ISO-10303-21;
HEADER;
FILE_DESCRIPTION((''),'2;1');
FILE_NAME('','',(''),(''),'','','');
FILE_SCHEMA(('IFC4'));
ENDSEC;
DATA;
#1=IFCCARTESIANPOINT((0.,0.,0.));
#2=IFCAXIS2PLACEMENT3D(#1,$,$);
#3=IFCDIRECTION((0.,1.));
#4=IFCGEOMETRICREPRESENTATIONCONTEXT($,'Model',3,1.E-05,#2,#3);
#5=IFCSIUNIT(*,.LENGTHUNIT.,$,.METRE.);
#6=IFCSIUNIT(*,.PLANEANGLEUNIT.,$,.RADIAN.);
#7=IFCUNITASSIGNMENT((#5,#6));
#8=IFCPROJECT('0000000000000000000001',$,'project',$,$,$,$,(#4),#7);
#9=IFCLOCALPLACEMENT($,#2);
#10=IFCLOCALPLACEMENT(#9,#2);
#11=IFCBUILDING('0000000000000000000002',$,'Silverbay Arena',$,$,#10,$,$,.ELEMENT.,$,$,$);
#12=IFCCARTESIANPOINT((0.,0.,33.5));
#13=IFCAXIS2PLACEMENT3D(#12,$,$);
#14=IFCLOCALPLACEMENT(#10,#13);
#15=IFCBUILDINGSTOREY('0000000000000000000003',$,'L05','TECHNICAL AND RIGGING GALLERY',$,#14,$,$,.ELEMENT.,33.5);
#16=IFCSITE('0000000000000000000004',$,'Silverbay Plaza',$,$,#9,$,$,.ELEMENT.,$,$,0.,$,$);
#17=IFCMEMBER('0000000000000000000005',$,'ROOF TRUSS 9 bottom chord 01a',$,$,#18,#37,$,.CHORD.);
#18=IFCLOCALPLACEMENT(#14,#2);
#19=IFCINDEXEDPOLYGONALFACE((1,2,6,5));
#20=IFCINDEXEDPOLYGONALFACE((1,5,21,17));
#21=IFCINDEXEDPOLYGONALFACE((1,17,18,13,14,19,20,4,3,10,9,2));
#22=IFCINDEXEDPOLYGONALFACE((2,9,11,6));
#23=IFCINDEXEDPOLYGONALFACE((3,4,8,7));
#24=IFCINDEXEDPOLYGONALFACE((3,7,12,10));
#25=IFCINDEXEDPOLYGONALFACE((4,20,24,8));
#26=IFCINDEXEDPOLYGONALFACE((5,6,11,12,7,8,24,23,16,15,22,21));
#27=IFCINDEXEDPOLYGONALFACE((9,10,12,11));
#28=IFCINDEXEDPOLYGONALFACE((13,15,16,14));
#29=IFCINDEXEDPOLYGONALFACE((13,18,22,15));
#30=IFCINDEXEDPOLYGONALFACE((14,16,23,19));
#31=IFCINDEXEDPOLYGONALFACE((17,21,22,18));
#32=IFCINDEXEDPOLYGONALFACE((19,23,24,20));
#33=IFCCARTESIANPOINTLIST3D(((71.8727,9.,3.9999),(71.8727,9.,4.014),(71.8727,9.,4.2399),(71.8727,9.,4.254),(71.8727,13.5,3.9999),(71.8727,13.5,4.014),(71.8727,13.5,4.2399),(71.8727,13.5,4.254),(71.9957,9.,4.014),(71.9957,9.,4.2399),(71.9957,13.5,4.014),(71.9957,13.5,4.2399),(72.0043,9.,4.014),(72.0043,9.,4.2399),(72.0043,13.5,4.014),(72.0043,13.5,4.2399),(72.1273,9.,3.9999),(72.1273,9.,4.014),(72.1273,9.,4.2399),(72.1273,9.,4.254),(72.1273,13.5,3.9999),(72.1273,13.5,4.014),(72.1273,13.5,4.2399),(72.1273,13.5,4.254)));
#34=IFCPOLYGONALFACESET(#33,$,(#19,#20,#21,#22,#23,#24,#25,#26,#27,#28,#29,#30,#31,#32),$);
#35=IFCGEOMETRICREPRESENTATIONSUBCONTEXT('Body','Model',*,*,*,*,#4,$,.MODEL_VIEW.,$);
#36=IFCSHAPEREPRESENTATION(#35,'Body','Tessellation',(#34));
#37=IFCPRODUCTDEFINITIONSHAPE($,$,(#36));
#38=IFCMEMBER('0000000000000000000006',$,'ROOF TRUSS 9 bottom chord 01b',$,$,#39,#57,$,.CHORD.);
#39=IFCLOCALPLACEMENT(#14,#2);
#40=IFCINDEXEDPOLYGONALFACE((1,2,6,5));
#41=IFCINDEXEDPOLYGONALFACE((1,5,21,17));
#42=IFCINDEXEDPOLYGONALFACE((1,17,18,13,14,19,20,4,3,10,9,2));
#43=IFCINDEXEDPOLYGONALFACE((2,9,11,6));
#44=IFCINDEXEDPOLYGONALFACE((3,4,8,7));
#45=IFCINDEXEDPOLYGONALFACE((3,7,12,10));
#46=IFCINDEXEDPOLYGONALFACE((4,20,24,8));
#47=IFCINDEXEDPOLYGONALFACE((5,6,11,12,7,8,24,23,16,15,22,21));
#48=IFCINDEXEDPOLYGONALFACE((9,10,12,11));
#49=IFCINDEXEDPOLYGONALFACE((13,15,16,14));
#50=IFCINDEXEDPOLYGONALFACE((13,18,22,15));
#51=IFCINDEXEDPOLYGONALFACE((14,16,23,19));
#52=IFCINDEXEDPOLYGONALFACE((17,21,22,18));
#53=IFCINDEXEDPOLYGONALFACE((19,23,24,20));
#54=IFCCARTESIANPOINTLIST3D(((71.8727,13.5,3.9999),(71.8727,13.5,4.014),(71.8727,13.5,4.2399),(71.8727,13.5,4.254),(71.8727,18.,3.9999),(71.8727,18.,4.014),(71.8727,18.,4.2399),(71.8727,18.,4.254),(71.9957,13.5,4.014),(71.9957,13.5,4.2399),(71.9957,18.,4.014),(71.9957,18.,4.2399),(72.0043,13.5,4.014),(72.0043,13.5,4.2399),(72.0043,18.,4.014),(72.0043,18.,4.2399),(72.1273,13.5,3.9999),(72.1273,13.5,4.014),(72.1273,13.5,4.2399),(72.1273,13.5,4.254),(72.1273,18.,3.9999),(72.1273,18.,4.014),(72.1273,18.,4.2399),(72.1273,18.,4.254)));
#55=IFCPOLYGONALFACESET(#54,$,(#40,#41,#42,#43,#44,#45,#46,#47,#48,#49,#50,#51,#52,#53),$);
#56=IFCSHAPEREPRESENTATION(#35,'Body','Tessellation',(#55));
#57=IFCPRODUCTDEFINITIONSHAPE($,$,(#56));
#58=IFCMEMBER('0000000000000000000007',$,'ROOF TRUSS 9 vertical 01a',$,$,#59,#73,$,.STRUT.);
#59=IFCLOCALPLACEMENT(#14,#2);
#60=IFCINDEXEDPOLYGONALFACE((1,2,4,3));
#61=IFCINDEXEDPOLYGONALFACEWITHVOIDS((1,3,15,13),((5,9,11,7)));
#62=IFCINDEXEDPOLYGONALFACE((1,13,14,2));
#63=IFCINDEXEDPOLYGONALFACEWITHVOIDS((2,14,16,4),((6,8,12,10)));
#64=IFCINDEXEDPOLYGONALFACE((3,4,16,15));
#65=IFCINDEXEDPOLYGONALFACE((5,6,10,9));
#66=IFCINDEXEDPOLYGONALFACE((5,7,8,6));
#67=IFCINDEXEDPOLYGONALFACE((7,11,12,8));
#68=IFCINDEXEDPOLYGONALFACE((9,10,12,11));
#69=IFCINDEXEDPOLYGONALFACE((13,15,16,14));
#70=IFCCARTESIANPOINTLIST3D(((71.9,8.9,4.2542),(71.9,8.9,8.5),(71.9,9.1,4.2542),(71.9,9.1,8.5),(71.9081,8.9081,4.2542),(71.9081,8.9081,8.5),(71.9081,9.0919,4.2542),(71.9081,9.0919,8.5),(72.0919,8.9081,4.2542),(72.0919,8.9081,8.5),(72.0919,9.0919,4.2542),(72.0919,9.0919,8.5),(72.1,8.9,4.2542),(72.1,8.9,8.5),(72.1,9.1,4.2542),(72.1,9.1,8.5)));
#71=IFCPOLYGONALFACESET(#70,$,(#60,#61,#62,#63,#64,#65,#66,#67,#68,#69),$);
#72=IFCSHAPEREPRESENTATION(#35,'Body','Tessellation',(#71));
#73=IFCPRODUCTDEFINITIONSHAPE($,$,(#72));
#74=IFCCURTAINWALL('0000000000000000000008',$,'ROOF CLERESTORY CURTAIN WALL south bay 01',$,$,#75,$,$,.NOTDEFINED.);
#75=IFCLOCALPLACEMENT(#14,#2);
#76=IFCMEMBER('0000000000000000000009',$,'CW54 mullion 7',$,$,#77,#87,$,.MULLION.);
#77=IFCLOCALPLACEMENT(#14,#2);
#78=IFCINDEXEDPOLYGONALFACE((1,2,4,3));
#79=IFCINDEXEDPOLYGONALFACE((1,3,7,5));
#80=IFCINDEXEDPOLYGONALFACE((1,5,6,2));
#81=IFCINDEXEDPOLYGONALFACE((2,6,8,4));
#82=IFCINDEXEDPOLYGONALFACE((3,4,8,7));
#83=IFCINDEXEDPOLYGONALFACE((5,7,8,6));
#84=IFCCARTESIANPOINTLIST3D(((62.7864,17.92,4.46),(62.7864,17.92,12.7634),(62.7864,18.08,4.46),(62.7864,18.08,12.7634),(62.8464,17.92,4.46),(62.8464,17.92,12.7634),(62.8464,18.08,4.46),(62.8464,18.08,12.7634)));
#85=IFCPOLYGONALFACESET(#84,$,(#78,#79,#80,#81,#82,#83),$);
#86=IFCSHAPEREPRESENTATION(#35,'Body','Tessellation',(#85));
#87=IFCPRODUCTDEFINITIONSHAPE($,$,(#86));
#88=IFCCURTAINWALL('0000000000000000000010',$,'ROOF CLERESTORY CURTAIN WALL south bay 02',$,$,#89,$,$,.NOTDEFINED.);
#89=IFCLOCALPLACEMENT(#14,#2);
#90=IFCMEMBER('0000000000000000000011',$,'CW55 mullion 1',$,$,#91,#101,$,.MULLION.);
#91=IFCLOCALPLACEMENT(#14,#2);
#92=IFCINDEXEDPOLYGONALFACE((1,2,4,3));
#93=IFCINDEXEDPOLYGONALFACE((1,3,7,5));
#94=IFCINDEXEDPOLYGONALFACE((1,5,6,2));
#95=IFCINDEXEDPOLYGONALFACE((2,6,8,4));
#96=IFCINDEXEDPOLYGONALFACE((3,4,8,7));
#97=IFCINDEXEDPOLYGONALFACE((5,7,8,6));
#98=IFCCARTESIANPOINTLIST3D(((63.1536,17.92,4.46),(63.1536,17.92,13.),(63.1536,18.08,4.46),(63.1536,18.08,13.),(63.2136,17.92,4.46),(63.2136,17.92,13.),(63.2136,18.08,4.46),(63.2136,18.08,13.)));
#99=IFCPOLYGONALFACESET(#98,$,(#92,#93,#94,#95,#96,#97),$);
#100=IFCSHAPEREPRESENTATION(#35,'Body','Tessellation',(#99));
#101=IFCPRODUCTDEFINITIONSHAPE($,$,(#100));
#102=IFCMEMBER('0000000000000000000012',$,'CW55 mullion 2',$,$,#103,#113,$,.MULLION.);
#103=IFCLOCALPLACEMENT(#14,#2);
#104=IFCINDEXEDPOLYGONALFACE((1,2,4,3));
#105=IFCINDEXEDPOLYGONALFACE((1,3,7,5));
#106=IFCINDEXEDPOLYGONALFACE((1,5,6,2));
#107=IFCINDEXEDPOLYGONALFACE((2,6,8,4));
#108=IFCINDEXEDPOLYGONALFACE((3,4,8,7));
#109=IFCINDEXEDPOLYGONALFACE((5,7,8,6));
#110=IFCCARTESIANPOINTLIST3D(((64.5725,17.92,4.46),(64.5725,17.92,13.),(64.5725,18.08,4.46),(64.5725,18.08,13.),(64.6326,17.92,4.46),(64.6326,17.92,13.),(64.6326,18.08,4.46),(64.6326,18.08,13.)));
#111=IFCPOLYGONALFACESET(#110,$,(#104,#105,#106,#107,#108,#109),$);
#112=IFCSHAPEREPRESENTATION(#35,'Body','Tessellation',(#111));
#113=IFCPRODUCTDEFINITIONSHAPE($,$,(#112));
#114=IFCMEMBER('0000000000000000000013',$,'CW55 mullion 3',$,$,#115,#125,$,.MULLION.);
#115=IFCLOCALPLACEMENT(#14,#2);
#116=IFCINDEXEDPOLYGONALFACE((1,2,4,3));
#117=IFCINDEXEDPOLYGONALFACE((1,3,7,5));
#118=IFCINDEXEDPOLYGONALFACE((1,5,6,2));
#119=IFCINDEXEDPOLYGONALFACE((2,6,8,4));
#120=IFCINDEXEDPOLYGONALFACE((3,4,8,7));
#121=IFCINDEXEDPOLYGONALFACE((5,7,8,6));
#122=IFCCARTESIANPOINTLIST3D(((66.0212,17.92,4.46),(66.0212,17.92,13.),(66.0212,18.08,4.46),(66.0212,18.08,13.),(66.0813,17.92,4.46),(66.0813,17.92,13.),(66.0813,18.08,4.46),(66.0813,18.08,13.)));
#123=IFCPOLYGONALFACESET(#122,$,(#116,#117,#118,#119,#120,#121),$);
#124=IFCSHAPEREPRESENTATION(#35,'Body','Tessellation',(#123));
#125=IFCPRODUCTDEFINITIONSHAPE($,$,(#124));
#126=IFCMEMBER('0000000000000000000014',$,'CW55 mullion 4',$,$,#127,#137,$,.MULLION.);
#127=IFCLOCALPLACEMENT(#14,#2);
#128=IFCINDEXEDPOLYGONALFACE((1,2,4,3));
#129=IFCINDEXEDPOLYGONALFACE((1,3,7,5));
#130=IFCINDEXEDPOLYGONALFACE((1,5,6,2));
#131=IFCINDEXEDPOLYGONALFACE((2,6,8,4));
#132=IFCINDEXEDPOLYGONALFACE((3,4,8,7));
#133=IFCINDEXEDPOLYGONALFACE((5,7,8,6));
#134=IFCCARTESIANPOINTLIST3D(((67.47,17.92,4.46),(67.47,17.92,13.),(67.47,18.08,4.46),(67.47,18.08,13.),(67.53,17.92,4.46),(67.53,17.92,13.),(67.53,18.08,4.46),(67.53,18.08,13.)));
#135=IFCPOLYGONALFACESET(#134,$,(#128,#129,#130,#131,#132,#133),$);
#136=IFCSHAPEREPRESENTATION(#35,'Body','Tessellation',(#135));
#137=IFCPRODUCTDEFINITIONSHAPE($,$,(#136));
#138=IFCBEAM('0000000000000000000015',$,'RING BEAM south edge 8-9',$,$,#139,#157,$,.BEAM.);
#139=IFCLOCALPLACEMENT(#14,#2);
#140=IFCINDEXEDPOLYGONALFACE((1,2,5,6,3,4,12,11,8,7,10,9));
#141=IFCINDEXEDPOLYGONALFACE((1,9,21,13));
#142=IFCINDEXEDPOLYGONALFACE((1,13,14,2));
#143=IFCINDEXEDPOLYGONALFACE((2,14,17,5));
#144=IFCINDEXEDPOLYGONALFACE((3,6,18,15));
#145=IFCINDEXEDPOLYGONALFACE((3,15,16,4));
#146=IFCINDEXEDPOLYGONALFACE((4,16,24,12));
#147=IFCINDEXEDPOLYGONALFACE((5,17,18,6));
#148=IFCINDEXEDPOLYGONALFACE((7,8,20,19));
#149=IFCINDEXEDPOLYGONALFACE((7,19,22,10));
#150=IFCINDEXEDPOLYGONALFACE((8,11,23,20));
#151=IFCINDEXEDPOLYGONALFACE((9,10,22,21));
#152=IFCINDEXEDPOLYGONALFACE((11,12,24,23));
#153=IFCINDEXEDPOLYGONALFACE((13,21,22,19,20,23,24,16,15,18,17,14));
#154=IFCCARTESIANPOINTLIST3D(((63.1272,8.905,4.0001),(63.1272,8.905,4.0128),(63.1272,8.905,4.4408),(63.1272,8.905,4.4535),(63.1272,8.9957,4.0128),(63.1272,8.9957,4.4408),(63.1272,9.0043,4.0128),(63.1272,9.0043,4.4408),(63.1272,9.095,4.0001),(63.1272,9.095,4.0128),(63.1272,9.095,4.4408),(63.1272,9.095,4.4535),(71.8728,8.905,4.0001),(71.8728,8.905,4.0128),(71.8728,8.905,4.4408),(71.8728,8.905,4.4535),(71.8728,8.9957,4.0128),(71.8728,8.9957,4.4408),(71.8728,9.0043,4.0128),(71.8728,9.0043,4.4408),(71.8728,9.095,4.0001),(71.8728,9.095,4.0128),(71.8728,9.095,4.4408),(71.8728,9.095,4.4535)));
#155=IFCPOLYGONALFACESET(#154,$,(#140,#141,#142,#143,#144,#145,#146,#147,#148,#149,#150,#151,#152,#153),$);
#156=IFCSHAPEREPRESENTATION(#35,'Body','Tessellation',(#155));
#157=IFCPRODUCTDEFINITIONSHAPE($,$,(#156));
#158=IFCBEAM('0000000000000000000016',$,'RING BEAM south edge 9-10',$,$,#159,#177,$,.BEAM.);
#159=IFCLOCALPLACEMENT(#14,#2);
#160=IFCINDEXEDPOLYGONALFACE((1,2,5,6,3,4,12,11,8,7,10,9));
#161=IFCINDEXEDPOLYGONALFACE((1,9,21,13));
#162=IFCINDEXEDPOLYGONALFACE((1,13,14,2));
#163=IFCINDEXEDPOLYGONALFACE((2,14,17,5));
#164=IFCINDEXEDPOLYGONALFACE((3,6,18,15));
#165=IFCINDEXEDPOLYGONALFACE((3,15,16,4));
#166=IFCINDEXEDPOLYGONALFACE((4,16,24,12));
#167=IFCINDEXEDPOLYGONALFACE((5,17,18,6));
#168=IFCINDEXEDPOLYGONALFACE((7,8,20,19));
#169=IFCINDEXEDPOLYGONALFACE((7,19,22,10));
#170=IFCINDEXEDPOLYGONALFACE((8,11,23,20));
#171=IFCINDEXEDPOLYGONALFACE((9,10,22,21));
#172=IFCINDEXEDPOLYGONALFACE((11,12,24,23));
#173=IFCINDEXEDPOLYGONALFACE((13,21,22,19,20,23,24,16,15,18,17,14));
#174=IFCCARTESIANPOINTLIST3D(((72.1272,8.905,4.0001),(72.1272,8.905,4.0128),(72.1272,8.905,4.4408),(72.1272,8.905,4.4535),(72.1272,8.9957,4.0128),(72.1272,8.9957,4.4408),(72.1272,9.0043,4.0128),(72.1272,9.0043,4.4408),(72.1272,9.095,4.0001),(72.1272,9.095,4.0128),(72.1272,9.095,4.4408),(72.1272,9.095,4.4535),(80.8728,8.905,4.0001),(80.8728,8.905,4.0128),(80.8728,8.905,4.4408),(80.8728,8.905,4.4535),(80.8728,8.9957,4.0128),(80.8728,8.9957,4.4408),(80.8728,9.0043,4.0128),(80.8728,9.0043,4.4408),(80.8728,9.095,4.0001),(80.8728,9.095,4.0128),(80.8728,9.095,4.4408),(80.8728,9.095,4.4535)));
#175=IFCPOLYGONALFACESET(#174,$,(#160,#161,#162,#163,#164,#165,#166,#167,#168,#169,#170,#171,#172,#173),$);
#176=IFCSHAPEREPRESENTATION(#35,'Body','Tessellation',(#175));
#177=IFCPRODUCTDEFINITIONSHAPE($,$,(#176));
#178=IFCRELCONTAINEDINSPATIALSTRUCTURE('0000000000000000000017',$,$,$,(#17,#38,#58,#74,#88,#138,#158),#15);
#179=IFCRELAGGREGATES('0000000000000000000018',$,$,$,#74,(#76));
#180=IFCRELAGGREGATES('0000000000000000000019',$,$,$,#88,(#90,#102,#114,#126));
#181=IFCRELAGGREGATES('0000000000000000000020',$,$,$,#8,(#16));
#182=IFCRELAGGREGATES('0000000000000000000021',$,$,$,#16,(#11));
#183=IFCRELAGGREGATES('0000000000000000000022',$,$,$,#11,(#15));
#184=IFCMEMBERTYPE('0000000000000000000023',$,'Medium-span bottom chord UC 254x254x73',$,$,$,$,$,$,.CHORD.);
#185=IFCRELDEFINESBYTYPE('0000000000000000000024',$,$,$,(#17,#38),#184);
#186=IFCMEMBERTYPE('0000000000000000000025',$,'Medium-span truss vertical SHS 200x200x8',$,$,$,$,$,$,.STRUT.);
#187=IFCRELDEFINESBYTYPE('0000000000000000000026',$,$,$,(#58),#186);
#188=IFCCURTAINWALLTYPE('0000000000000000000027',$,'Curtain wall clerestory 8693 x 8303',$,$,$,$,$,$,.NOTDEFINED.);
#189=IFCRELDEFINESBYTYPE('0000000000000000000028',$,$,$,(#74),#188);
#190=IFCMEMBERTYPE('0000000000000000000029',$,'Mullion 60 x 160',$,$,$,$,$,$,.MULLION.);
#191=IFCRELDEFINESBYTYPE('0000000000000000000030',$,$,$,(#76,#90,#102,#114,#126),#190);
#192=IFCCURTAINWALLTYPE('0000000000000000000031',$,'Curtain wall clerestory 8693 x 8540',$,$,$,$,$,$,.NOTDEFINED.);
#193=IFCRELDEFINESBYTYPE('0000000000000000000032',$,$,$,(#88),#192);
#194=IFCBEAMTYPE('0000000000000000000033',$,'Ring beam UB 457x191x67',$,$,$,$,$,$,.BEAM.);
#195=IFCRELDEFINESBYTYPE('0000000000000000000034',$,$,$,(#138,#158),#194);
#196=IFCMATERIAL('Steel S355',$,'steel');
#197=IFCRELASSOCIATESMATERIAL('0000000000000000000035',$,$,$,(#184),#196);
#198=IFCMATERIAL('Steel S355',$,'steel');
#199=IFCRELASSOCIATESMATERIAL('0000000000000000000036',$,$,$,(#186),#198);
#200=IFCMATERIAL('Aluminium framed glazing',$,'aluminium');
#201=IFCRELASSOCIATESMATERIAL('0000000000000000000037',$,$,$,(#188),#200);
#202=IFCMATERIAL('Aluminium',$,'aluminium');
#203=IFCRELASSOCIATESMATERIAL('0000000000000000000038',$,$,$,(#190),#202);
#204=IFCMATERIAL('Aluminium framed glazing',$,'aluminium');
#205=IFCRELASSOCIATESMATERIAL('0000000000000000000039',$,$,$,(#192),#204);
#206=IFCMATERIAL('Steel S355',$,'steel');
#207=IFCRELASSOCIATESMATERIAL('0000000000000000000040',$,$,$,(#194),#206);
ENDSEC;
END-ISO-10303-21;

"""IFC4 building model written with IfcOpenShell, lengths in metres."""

from ifc_helpers import new_model, si_unit, direction, frame, origin, origin_2d, place, context, subcontext, project, spatial, rectangle, hollow_rectangle, i_section, extrude, material, material_profile, profile_set, type_object, element, aggregate, save


model = new_model("IFC4")

# Units and contexts
model_context = context("Model", 3, precision=1e-05, world=origin(), true_north=direction((0.0, 1.0)))
body_context = subcontext(model_context, "Body", "Model", "MODEL_VIEW")
ifc_project = project(units=[si_unit("LENGTHUNIT", "METRE"), si_unit("PLANEANGLEUNIT", "RADIAN")], contexts=[model_context])

# Site, building, storey
site_placement = place(None, origin())
site = spatial("IfcSite", under=ifc_project, at=site_placement, Name="Silverbay Plaza", CompositionType="ELEMENT", RefElevation=0.0)
building_placement = place(site_placement, origin())
building = spatial("IfcBuilding", under=site, at=building_placement, Name="Silverbay Arena", CompositionType="ELEMENT")
storey_placement = place(building_placement, frame((0.0, 0.0, 33.5)))
storey = spatial("IfcBuildingStorey", under=building, at=storey_placement, Name="L05", Description="TECHNICAL AND RIGGING GALLERY", CompositionType="ELEMENT", Elevation=33.5)

# Members
ifc_material_1 = material(Name="Steel S355", Category="steel")
ifc_material_profile_1 = material_profile(ifc_material_1, i_section(OverallWidth=0.2546, OverallDepth=0.2542, WebThickness=0.0085, FlangeThickness=0.0142, at=origin_2d()), Name="UC 254x254x73")
ifc_profile_set_1 = profile_set([ifc_material_profile_1], Name="Steel S355")
member_type_1 = type_object("IfcMemberType", Name="Medium-span bottom chord UC 254x254x73", PredefinedType="CHORD", material=ifc_profile_set_1)
for number, where, z_axis, x_axis, name in (
    (1, (72.0, 9.0, 4.127), (0.0, 1.0, 0.0), (-1.0, 0.0, 0.0), "ROOF TRUSS 9 bottom chord 01a"),
    (2, (72.0, 13.5, 4.127), (0.0, 1.0, 0.0), (-1.0, 0.0, 0.0), "ROOF TRUSS 9 bottom chord 01b"),
):
    element("IfcMember", number, at=place(storey_placement, frame(where, z_axis=z_axis, x_axis=x_axis)), inside=storey, type_object=member_type_1, Name=name, PredefinedType="CHORD", context=body_context, shape_type="SweptSolid", body=[
        extrude(i_section(OverallWidth=0.2546, OverallDepth=0.2542, WebThickness=0.0085, FlangeThickness=0.0142, at=origin_2d()), origin(), (0.0, 0.0, 1.0), 4.5),
    ])
ifc_material_2 = material(Name="Steel S355", Category="steel")
ifc_material_profile_2 = material_profile(ifc_material_2, hollow_rectangle(XDim=0.2, YDim=0.2, WallThickness=0.0081, at=origin_2d()), Name="SHS 200x200x8")
ifc_profile_set_2 = profile_set([ifc_material_profile_2], Name="Steel S355")
member_type_2 = type_object("IfcMemberType", Name="Medium-span truss vertical SHS 200x200x8", PredefinedType="STRUT", material=ifc_profile_set_2)
member_1_placement = place(storey_placement, frame((72.0, 9.0, 4.2542), z_axis=(0.0, 0.0, 1.0), x_axis=(1.0, 0.0, 0.0)))
element("IfcMember", 3, at=member_1_placement, inside=storey, type_object=member_type_2, Name="ROOF TRUSS 9 vertical 01a", PredefinedType="STRUT", context=body_context, shape_type="SweptSolid", body=[
    extrude(hollow_rectangle(XDim=0.2, YDim=0.2, WallThickness=0.0081, at=origin_2d()), origin(), (0.0, 0.0, 1.0), 4.2458),
])

# Curtain wall, member
ifc_material_3 = material(Name="Aluminium framed glazing", Category="aluminium")
curtain_wall_type_1 = type_object("IfcCurtainWallType", Name="Curtain wall clerestory 8693 x 8303", PredefinedType="NOTDEFINED", material=ifc_material_3)
curtain_wall_1_placement = place(storey_placement, origin())
curtain_wall_1 = element("IfcCurtainWall", 4, at=curtain_wall_1_placement, inside=storey, type_object=curtain_wall_type_1, Name="ROOF CLERESTORY CURTAIN WALL south bay 01", PredefinedType="NOTDEFINED")
ifc_material_4 = material(Name="Aluminium", Category="aluminium")
ifc_material_profile_3 = material_profile(ifc_material_4, rectangle(XDim=0.1599, YDim=0.0601, at=origin_2d()), Name="Mullion 60 x 160")
ifc_profile_set_3 = profile_set([ifc_material_profile_3], Name="Aluminium")
member_type_3 = type_object("IfcMemberType", Name="Mullion 60 x 160", PredefinedType="MULLION", material=ifc_profile_set_3)
member_2_placement = place(storey_placement, frame((62.8164, 18.0, 4.46), z_axis=(0.0, 0.0, 1.0), x_axis=(0.0, 1.0, 0.0)))
member_2 = element("IfcMember", 5, at=member_2_placement, type_object=member_type_3, Name="CW54 mullion 7", PredefinedType="MULLION", context=body_context, shape_type="SweptSolid", body=[
    extrude(rectangle(XDim=0.1599, YDim=0.0601, at=origin_2d()), origin(), (0.0, 0.0, 1.0), 8.3035),
])
aggregate(curtain_wall_1, [member_2])

# Curtain wall, members
ifc_material_5 = material(Name="Aluminium framed glazing", Category="aluminium")
curtain_wall_type_2 = type_object("IfcCurtainWallType", Name="Curtain wall clerestory 8693 x 8540", PredefinedType="NOTDEFINED", material=ifc_material_5)
curtain_wall_2_placement = place(storey_placement, origin())
curtain_wall_2 = element("IfcCurtainWall", 6, at=curtain_wall_2_placement, inside=storey, type_object=curtain_wall_type_2, Name="ROOF CLERESTORY CURTAIN WALL south bay 02", PredefinedType="NOTDEFINED")
member_3_placement = place(storey_placement, frame((63.1836, 18.0, 4.46), z_axis=(0.0, 0.0, 1.0), x_axis=(0.0, 1.0, 0.0)))
member_3 = element("IfcMember", 7, at=member_3_placement, type_object=member_type_3, Name="CW55 mullion 1", PredefinedType="MULLION", context=body_context, shape_type="SweptSolid", body=[
    extrude(rectangle(XDim=0.1599, YDim=0.0601, at=origin_2d()), origin(), (0.0, 0.0, 1.0), 8.54),
])
member_4_placement = place(storey_placement, frame((64.6025, 18.0, 4.46), z_axis=(0.0, 0.0, 1.0), x_axis=(0.0, 1.0, 0.0)))
member_4 = element("IfcMember", 8, at=member_4_placement, type_object=member_type_3, Name="CW55 mullion 2", PredefinedType="MULLION", context=body_context, shape_type="SweptSolid", body=[
    extrude(rectangle(XDim=0.1599, YDim=0.0601, at=origin_2d()), origin(), (0.0, 0.0, 1.0), 8.54),
])
member_5_placement = place(storey_placement, frame((66.0513, 18.0, 4.46), z_axis=(0.0, 0.0, 1.0), x_axis=(0.0, 1.0, 0.0)))
member_5 = element("IfcMember", 9, at=member_5_placement, type_object=member_type_3, Name="CW55 mullion 3", PredefinedType="MULLION", context=body_context, shape_type="SweptSolid", body=[
    extrude(rectangle(XDim=0.1599, YDim=0.0601, at=origin_2d()), origin(), (0.0, 0.0, 1.0), 8.54),
])
member_6_placement = place(storey_placement, frame((67.5, 18.0, 4.46), z_axis=(0.0, 0.0, 1.0), x_axis=(0.0, 1.0, 0.0)))
member_6 = element("IfcMember", 10, at=member_6_placement, type_object=member_type_3, Name="CW55 mullion 4", PredefinedType="MULLION", context=body_context, shape_type="SweptSolid", body=[
    extrude(rectangle(XDim=0.1599, YDim=0.0601, at=origin_2d()), origin(), (0.0, 0.0, 1.0), 8.54),
])

# Beams
ifc_material_6 = material(Name="Steel S355", Category="steel")
ifc_material_profile_4 = material_profile(ifc_material_6, i_section(OverallWidth=0.1899, OverallDepth=0.4534, WebThickness=0.0085, FlangeThickness=0.0127, at=origin_2d()), Name="UB 457x191x67")
ifc_profile_set_4 = profile_set([ifc_material_profile_4], Name="Steel S355")
beam_type_1 = type_object("IfcBeamType", Name="Ring beam UB 457x191x67", PredefinedType="BEAM", material=ifc_profile_set_4)
for number, where, z_axis, x_axis, name in (
    (11, (63.1272, 9.0, 4.2268), (1.0, 0.0, 0.0), (0.0, 1.0, 0.0), "RING BEAM south edge 8-9"),
    (12, (72.1272, 9.0, 4.2268), (1.0, 0.0, 0.0), (0.0, 1.0, 0.0), "RING BEAM south edge 9-10"),
):
    element("IfcBeam", number, at=place(storey_placement, frame(where, z_axis=z_axis, x_axis=x_axis)), inside=storey, type_object=beam_type_1, Name=name, PredefinedType="BEAM", context=body_context, shape_type="SweptSolid", body=[
        extrude(i_section(OverallWidth=0.1899, OverallDepth=0.4534, WebThickness=0.0085, FlangeThickness=0.0127, at=origin_2d()), origin(), (0.0, 0.0, 1.0), 8.7456),
    ])

aggregate(curtain_wall_2, [member_3, member_4, member_5, member_6])

save(model, "model.ifc")
